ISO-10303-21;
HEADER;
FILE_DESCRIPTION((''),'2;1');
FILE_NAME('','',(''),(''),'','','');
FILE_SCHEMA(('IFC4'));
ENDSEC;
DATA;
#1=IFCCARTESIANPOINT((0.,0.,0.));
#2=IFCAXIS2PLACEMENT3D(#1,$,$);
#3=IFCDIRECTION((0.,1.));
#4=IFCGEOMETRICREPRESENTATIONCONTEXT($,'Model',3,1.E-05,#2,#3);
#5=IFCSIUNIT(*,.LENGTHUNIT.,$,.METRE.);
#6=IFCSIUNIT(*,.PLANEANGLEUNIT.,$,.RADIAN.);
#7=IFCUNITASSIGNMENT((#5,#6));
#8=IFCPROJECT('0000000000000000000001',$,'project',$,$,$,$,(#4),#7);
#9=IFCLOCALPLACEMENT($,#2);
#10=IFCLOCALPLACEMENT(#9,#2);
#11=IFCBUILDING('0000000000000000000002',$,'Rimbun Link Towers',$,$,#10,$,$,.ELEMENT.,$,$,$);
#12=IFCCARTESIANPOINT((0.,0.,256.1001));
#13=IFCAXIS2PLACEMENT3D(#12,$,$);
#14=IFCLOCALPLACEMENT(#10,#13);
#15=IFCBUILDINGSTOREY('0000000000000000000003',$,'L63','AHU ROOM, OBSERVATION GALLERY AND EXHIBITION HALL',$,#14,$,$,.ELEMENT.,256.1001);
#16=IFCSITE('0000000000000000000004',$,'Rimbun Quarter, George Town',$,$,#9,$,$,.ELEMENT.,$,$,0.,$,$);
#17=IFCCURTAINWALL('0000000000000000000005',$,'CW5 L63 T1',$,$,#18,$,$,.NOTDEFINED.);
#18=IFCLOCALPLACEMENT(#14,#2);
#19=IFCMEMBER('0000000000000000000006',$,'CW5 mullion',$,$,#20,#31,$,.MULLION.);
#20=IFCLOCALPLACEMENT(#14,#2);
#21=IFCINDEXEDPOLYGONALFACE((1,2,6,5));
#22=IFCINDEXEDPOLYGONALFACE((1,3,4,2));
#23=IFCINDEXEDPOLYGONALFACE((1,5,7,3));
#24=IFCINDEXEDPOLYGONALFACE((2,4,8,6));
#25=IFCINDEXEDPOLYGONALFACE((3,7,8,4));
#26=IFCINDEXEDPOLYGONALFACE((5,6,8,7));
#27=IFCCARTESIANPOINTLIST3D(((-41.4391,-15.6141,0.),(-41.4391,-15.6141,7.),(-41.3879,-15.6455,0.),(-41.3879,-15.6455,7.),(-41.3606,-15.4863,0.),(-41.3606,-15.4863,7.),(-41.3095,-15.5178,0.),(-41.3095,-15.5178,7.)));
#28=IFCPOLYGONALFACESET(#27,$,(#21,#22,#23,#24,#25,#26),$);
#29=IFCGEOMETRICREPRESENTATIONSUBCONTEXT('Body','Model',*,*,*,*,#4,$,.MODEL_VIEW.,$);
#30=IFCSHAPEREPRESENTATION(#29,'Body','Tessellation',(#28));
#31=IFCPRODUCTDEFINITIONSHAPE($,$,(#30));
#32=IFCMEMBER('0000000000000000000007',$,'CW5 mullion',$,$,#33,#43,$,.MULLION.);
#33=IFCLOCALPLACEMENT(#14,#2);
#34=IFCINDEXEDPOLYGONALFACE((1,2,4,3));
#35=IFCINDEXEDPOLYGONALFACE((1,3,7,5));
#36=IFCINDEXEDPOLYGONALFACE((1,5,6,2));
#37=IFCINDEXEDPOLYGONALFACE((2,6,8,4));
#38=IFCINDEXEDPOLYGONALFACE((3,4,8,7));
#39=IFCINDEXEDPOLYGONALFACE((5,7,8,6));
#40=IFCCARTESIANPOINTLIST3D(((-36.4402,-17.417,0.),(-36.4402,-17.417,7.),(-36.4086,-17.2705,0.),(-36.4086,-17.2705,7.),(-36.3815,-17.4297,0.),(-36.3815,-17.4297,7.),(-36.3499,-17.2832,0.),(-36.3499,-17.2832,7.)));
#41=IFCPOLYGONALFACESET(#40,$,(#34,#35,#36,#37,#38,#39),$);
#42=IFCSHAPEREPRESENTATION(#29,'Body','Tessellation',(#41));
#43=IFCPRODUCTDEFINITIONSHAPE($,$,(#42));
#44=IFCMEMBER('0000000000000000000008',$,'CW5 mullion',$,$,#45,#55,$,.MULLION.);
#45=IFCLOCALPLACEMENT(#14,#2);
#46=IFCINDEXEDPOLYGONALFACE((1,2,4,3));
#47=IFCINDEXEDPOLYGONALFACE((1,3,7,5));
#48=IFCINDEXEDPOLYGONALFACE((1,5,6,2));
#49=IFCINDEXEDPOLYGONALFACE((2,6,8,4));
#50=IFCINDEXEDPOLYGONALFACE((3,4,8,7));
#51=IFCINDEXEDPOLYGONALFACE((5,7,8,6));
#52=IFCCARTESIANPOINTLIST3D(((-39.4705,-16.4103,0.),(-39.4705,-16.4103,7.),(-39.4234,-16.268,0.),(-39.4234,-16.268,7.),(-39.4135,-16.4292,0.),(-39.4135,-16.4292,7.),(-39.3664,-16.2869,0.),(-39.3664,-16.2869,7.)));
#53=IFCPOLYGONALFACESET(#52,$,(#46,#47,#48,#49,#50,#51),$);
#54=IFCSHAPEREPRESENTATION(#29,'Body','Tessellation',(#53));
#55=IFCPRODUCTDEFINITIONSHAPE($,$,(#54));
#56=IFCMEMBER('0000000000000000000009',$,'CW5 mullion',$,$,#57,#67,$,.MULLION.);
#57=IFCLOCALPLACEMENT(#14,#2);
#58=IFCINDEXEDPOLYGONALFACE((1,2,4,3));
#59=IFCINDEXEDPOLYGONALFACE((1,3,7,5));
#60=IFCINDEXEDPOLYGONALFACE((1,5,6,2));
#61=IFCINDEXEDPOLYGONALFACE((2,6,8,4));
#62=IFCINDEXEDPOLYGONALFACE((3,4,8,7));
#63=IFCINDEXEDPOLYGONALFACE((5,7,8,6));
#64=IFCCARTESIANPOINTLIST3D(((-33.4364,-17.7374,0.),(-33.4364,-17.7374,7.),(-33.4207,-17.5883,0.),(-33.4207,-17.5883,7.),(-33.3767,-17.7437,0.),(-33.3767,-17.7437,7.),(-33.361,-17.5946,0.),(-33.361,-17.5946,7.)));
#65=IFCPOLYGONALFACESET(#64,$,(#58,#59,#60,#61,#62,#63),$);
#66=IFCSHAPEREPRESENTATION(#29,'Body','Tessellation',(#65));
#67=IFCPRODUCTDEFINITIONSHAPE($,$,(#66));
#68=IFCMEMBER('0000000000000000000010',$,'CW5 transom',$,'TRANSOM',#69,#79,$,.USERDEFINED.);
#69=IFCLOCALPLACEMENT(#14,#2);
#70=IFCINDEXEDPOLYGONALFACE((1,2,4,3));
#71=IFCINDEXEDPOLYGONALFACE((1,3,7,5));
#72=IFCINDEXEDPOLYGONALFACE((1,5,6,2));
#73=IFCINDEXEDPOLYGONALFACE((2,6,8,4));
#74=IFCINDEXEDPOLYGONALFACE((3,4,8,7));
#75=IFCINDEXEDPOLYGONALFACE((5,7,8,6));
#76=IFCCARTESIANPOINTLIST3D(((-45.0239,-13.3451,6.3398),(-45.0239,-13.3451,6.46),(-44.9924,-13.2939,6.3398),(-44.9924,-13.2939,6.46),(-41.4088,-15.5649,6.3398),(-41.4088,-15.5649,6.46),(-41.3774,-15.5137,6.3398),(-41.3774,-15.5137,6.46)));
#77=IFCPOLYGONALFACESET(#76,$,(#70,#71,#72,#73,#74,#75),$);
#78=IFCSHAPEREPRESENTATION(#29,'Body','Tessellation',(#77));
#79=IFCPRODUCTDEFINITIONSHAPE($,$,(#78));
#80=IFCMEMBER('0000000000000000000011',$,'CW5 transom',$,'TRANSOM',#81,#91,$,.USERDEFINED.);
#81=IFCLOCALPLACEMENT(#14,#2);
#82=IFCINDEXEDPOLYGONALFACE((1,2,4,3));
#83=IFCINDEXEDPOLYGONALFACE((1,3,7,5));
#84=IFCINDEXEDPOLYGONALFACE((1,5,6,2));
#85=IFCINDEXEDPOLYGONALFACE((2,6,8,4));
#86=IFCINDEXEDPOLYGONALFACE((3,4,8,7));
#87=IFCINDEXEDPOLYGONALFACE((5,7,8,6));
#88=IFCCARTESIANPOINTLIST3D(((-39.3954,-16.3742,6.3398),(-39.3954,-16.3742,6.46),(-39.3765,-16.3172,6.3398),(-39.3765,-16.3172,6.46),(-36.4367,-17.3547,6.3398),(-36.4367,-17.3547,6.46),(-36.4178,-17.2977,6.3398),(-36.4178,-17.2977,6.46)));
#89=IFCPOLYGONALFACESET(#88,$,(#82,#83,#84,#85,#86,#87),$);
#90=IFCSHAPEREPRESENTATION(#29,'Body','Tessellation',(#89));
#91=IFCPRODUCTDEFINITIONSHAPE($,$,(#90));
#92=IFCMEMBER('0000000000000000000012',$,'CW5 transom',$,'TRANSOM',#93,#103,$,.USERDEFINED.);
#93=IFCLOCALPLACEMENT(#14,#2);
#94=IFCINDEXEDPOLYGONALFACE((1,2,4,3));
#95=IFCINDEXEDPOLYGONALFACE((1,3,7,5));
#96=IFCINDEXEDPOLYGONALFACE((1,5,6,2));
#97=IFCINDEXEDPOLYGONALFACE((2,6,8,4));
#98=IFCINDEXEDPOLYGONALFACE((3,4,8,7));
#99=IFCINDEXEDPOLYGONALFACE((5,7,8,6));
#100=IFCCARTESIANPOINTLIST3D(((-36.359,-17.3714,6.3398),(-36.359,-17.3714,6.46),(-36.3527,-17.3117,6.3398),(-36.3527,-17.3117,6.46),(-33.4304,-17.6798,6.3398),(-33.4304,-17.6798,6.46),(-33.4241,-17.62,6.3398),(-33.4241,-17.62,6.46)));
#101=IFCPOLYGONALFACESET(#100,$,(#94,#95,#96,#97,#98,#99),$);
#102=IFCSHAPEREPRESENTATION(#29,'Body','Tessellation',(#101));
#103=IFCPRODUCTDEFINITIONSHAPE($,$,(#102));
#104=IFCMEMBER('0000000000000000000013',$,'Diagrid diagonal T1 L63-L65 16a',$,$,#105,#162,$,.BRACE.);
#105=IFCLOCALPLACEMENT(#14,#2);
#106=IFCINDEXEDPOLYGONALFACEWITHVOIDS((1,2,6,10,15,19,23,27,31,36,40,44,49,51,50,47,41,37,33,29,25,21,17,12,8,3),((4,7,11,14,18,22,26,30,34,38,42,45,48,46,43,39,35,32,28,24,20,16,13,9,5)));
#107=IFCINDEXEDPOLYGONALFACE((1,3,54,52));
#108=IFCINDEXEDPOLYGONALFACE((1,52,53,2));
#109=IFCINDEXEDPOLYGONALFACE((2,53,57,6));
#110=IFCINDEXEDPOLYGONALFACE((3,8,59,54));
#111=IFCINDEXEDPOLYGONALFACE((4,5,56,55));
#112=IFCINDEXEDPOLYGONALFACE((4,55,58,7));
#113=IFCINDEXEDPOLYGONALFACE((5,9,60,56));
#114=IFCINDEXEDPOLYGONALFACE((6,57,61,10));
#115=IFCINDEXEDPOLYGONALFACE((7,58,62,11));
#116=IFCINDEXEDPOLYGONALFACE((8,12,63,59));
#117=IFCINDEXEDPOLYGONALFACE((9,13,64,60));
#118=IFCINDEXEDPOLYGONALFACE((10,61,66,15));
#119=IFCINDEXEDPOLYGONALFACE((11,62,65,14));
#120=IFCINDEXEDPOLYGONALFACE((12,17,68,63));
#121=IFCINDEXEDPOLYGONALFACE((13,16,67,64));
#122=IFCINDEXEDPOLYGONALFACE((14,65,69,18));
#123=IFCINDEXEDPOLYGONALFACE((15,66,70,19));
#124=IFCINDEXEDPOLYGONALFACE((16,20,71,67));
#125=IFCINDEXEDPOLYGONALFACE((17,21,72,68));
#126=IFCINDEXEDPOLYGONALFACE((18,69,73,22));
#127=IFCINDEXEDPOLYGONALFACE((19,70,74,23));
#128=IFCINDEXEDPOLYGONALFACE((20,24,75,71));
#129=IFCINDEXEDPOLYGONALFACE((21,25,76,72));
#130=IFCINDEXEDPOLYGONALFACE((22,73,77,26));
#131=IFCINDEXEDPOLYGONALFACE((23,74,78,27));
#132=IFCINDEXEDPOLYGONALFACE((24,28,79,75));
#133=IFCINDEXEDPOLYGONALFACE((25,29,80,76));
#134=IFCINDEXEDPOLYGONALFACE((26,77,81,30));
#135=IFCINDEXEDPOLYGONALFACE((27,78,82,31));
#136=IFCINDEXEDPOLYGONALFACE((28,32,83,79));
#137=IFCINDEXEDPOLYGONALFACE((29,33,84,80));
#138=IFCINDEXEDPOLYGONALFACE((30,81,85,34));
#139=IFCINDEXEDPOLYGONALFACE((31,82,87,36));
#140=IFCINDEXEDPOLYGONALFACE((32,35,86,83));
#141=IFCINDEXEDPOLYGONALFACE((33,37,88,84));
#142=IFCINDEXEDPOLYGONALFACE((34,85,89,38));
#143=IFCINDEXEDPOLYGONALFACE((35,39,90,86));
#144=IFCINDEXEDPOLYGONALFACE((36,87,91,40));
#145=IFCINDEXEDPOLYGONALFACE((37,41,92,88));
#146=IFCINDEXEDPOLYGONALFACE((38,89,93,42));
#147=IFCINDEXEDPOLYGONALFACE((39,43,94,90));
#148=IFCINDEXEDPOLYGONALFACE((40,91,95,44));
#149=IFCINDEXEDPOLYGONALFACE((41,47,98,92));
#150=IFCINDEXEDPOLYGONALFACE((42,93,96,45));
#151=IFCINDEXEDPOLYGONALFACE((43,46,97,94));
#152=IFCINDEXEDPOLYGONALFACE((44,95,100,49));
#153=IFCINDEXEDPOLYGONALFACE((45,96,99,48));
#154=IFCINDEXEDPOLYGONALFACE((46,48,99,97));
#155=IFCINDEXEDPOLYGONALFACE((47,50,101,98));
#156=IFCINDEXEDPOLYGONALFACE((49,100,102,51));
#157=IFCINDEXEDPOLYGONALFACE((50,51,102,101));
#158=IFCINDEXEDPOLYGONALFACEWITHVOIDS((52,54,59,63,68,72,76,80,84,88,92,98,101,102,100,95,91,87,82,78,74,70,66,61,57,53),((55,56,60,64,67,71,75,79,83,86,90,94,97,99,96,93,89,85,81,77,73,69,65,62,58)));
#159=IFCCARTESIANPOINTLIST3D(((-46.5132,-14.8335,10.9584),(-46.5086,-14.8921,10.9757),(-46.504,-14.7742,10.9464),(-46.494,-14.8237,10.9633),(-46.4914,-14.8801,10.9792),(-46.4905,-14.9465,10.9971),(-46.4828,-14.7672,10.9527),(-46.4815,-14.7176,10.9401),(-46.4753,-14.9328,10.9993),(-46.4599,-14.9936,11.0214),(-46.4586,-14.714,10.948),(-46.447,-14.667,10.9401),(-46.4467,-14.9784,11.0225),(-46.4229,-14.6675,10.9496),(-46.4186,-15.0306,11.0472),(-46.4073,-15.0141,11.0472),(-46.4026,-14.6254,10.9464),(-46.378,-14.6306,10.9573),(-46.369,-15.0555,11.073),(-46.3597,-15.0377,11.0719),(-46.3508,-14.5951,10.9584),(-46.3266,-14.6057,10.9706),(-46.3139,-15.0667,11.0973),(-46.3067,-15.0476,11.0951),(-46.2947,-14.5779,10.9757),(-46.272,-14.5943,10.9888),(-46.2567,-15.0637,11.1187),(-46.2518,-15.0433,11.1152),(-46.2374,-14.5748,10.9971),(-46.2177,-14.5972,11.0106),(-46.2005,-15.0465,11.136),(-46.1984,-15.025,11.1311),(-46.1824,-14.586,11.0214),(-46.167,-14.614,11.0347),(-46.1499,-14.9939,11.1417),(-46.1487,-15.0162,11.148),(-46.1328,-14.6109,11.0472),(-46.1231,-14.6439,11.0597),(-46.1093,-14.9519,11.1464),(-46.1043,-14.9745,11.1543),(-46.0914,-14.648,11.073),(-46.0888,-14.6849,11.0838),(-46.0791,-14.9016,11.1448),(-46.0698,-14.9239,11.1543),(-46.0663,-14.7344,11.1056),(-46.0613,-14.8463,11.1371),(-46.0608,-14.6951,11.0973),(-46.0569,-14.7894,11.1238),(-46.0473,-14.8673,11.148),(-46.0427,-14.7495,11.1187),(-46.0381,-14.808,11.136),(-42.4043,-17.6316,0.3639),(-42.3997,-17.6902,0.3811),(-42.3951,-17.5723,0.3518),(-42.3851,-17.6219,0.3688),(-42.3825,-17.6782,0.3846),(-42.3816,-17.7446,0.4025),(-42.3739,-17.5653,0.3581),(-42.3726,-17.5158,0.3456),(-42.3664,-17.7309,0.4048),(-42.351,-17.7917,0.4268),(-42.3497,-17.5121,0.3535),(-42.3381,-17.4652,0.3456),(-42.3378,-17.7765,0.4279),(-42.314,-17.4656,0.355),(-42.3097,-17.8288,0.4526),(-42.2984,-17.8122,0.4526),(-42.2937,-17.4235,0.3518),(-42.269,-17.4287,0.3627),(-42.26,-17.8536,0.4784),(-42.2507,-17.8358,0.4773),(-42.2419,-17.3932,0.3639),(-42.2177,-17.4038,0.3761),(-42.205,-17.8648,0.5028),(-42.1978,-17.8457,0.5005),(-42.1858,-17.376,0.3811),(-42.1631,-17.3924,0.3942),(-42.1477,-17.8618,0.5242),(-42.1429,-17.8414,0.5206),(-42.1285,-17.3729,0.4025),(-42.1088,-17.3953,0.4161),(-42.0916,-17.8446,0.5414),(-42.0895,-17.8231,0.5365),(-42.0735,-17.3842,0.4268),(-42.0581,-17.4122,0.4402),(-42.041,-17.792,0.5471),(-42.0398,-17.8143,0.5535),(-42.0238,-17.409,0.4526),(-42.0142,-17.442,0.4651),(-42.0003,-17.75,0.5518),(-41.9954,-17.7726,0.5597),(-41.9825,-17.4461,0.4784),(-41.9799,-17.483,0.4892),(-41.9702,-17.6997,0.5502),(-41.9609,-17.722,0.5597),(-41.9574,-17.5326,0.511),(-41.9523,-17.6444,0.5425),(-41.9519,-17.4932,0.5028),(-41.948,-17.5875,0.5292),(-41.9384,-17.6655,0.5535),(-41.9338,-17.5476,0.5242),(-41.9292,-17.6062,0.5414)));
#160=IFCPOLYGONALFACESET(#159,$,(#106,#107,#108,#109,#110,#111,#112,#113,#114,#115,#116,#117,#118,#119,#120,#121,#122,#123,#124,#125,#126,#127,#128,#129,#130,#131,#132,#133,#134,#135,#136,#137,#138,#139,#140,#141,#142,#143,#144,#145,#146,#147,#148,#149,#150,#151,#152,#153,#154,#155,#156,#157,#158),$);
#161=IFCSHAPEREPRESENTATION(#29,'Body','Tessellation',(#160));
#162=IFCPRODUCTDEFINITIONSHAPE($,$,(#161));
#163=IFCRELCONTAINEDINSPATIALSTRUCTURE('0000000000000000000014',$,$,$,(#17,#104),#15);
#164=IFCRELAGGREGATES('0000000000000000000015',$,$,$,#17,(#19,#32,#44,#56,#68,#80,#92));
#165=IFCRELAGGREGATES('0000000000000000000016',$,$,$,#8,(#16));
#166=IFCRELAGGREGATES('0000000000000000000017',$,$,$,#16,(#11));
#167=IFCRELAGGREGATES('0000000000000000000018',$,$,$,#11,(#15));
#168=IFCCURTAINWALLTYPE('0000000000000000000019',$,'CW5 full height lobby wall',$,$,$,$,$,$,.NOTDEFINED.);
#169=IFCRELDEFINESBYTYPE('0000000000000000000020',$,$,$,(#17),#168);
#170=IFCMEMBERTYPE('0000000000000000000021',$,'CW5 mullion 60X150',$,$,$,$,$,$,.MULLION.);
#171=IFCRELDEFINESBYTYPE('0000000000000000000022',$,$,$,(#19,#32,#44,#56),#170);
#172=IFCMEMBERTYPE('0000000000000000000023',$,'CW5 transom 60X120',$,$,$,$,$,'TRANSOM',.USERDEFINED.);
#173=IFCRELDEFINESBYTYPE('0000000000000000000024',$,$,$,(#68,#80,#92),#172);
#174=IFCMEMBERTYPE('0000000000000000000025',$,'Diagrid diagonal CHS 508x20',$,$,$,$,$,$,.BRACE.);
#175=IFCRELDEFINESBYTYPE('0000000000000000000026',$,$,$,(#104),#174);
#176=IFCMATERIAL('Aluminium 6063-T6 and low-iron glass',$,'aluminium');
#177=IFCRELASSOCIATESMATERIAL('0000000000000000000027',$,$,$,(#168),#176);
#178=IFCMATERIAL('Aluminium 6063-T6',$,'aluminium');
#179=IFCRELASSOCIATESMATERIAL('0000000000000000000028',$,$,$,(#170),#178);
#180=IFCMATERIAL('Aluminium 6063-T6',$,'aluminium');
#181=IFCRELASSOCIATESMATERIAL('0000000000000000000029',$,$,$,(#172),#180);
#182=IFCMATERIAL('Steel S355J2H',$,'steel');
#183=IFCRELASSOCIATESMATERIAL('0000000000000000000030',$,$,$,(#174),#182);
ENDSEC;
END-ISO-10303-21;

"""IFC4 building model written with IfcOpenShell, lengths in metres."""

from ifc_helpers import new_model, si_unit, direction, frame, origin, origin_2d, place, context, subcontext, project, spatial, rectangle, hollow_circle, extrude, material, material_profile, profile_set, type_object, element, aggregate, save


model = new_model("IFC4")

# Units and contexts
model_context = context("Model", 3, precision=1e-05, world=origin(), true_north=direction((0.0, 1.0)))
body_context = subcontext(model_context, "Body", "Model", "MODEL_VIEW")
ifc_project = project(units=[si_unit("LENGTHUNIT", "METRE"), si_unit("PLANEANGLEUNIT", "RADIAN")], contexts=[model_context])

# Site, building, storey
site_placement = place(None, origin())
site = spatial("IfcSite", under=ifc_project, at=site_placement, Name="Rimbun Quarter, George Town", CompositionType="ELEMENT", RefElevation=0.0)
building_placement = place(site_placement, origin())
building = spatial("IfcBuilding", under=site, at=building_placement, Name="Rimbun Link Towers", CompositionType="ELEMENT")
storey_placement = place(building_placement, frame((0.0, 0.0, 256.1001)))
storey = spatial("IfcBuildingStorey", under=building, at=storey_placement, Name="L63", Description="AHU ROOM, OBSERVATION GALLERY AND EXHIBITION HALL", CompositionType="ELEMENT", Elevation=256.1001)

# Curtain wall, members
ifc_material_1 = material(Name="Aluminium 6063-T6 and low-iron glass", Category="aluminium")
curtain_wall_type = type_object("IfcCurtainWallType", Name="CW5 full height lobby wall", PredefinedType="NOTDEFINED", material=ifc_material_1)
curtain_wall_placement = place(storey_placement, origin())
curtain_wall = element("IfcCurtainWall", 1, at=curtain_wall_placement, inside=storey, type_object=curtain_wall_type, Name="CW5 L63 T1", PredefinedType="NOTDEFINED")
ifc_material_2 = material(Name="Aluminium 6063-T6", Category="aluminium")
ifc_material_profile_1 = material_profile(ifc_material_2, rectangle(XDim=0.1499, YDim=0.0601, at=origin_2d()), Name="MULLION 60X150")
ifc_profile_set_1 = profile_set([ifc_material_profile_1], Name="Aluminium 6063-T6")
member_type_1 = type_object("IfcMemberType", Name="CW5 mullion 60X150", PredefinedType="MULLION", material=ifc_profile_set_1)
member_1_placement = place(storey_placement, frame((-41.3743, -15.5659, 0.0), z_axis=(0.0, 0.0, 1.0), x_axis=(-0.523246, -0.852182, 0.0)))
member_1 = element("IfcMember", 2, at=member_1_placement, type_object=member_type_1, Name="CW5 mullion", PredefinedType="MULLION", context=body_context, shape_type="SweptSolid", body=[
    extrude(rectangle(XDim=0.1499, YDim=0.0601, at=origin_2d()), origin(), (0.0, 0.0, 1.0), 7.0),
])
member_2_placement = place(storey_placement, frame((-36.395, -17.3501, 0.0), z_axis=(0.0, 0.0, 1.0), x_axis=(-0.210861, -0.977516, 0.0)))
member_2 = element("IfcMember", 3, at=member_2_placement, type_object=member_type_1, Name="CW5 mullion", PredefinedType="MULLION", context=body_context, shape_type="SweptSolid", body=[
    extrude(rectangle(XDim=0.1499, YDim=0.0601, at=origin_2d()), origin(), (0.0, 0.0, 1.0), 7.0),
])
member_3_placement = place(storey_placement, frame((-39.4185, -16.3486, 0.0), z_axis=(0.0, 0.0, 1.0), x_axis=(-0.314558, -0.949238, 0.0)))
member_3 = element("IfcMember", 4, at=member_3_placement, type_object=member_type_1, Name="CW5 mullion", PredefinedType="MULLION", context=body_context, shape_type="SweptSolid", body=[
    extrude(rectangle(XDim=0.1499, YDim=0.0601, at=origin_2d()), origin(), (0.0, 0.0, 1.0), 7.0),
])
member_4_placement = place(storey_placement, frame((-33.3987, -17.666, 0.0), z_axis=(0.0, 0.0, 1.0), x_axis=(-0.104728, -0.994501, 0.0)))
member_4 = element("IfcMember", 5, at=member_4_placement, type_object=member_type_1, Name="CW5 mullion", PredefinedType="MULLION", context=body_context, shape_type="SweptSolid", body=[
    extrude(rectangle(XDim=0.1499, YDim=0.0601, at=origin_2d()), origin(), (0.0, 0.0, 1.0), 7.0),
])
ifc_material_3 = material(Name="Aluminium 6063-T6", Category="aluminium")
ifc_material_profile_2 = material_profile(ifc_material_3, rectangle(XDim=0.0601, YDim=0.1201, at=origin_2d()), Name="TRANSOM 60X120")
ifc_profile_set_2 = profile_set([ifc_material_profile_2], Name="Aluminium 6063-T6")
member_type_2 = type_object("IfcMemberType", Name="CW5 transom 60X120", ElementType="TRANSOM", PredefinedType="USERDEFINED", material=ifc_profile_set_2)
member_5_placement = place(storey_placement, frame((-41.3931, -15.5393, 6.3999), z_axis=(-0.852172, 0.523262, 0.0), x_axis=(-0.523262, -0.852172, 0.0)))
member_5 = element("IfcMember", 6, at=member_5_placement, type_object=member_type_2, Name="CW5 transom", ObjectType="TRANSOM", PredefinedType="USERDEFINED", context=body_context, shape_type="SweptSolid", body=[
    extrude(rectangle(XDim=0.0601, YDim=0.1201, at=origin_2d()), origin(), (0.0, 0.0, 1.0), 4.2422),
])
member_6_placement = place(storey_placement, frame((-36.4272, -17.3262, 6.3999), z_axis=(-0.949238, 0.314559, 0.0), x_axis=(-0.314559, -0.949238, 0.0)))
member_6 = element("IfcMember", 7, at=member_6_placement, type_object=member_type_2, Name="CW5 transom", ObjectType="TRANSOM", PredefinedType="USERDEFINED", context=body_context, shape_type="SweptSolid", body=[
    extrude(rectangle(XDim=0.0601, YDim=0.1201, at=origin_2d()), origin(), (0.0, 0.0, 1.0), 3.1169),
])
member_7_placement = place(storey_placement, frame((-33.4272, -17.6499, 6.3999), z_axis=(-0.994503, 0.104706, 0.0), x_axis=(-0.104706, -0.994503, 0.0)))
member_7 = element("IfcMember", 8, at=member_7_placement, type_object=member_type_2, Name="CW5 transom", ObjectType="TRANSOM", PredefinedType="USERDEFINED", context=body_context, shape_type="SweptSolid", body=[
    extrude(rectangle(XDim=0.0601, YDim=0.1201, at=origin_2d()), origin(), (0.0, 0.0, 1.0), 2.9448),
])

# Member
ifc_material_4 = material(Name="Steel S355J2H", Category="steel")
ifc_material_profile_3 = material_profile(ifc_material_4, hollow_circle(Radius=0.2539, WallThickness=0.02, at=origin_2d()), Name="Diagrid diagonal CHS 508x20")
ifc_profile_set_3 = profile_set([ifc_material_profile_3], Name="Steel S355J2H")
member_type_3 = type_object("IfcMemberType", Name="Diagrid diagonal CHS 508x20", PredefinedType="BRACE", material=ifc_profile_set_3)
member_8_placement = place(storey_placement, frame((-42.1667, -17.6189, 0.4526), z_axis=(-0.351103, 0.239096, 0.905295), x_axis=(-0.562867, -0.826547, 0.0)))
element("IfcMember", 9, at=member_8_placement, inside=storey, type_object=member_type_3, Name="Diagrid diagonal T1 L63-L65 16a", PredefinedType="BRACE", context=body_context, shape_type="SweptSolid", body=[
    extrude(hollow_circle(Radius=0.2539, WallThickness=0.02, at=origin_2d()), origin(), (0.0, 0.0, 1.0), 11.7029),
])

aggregate(curtain_wall, [member_1, member_2, member_3, member_4, member_5, member_6, member_7])

save(model, "model.ifc")
